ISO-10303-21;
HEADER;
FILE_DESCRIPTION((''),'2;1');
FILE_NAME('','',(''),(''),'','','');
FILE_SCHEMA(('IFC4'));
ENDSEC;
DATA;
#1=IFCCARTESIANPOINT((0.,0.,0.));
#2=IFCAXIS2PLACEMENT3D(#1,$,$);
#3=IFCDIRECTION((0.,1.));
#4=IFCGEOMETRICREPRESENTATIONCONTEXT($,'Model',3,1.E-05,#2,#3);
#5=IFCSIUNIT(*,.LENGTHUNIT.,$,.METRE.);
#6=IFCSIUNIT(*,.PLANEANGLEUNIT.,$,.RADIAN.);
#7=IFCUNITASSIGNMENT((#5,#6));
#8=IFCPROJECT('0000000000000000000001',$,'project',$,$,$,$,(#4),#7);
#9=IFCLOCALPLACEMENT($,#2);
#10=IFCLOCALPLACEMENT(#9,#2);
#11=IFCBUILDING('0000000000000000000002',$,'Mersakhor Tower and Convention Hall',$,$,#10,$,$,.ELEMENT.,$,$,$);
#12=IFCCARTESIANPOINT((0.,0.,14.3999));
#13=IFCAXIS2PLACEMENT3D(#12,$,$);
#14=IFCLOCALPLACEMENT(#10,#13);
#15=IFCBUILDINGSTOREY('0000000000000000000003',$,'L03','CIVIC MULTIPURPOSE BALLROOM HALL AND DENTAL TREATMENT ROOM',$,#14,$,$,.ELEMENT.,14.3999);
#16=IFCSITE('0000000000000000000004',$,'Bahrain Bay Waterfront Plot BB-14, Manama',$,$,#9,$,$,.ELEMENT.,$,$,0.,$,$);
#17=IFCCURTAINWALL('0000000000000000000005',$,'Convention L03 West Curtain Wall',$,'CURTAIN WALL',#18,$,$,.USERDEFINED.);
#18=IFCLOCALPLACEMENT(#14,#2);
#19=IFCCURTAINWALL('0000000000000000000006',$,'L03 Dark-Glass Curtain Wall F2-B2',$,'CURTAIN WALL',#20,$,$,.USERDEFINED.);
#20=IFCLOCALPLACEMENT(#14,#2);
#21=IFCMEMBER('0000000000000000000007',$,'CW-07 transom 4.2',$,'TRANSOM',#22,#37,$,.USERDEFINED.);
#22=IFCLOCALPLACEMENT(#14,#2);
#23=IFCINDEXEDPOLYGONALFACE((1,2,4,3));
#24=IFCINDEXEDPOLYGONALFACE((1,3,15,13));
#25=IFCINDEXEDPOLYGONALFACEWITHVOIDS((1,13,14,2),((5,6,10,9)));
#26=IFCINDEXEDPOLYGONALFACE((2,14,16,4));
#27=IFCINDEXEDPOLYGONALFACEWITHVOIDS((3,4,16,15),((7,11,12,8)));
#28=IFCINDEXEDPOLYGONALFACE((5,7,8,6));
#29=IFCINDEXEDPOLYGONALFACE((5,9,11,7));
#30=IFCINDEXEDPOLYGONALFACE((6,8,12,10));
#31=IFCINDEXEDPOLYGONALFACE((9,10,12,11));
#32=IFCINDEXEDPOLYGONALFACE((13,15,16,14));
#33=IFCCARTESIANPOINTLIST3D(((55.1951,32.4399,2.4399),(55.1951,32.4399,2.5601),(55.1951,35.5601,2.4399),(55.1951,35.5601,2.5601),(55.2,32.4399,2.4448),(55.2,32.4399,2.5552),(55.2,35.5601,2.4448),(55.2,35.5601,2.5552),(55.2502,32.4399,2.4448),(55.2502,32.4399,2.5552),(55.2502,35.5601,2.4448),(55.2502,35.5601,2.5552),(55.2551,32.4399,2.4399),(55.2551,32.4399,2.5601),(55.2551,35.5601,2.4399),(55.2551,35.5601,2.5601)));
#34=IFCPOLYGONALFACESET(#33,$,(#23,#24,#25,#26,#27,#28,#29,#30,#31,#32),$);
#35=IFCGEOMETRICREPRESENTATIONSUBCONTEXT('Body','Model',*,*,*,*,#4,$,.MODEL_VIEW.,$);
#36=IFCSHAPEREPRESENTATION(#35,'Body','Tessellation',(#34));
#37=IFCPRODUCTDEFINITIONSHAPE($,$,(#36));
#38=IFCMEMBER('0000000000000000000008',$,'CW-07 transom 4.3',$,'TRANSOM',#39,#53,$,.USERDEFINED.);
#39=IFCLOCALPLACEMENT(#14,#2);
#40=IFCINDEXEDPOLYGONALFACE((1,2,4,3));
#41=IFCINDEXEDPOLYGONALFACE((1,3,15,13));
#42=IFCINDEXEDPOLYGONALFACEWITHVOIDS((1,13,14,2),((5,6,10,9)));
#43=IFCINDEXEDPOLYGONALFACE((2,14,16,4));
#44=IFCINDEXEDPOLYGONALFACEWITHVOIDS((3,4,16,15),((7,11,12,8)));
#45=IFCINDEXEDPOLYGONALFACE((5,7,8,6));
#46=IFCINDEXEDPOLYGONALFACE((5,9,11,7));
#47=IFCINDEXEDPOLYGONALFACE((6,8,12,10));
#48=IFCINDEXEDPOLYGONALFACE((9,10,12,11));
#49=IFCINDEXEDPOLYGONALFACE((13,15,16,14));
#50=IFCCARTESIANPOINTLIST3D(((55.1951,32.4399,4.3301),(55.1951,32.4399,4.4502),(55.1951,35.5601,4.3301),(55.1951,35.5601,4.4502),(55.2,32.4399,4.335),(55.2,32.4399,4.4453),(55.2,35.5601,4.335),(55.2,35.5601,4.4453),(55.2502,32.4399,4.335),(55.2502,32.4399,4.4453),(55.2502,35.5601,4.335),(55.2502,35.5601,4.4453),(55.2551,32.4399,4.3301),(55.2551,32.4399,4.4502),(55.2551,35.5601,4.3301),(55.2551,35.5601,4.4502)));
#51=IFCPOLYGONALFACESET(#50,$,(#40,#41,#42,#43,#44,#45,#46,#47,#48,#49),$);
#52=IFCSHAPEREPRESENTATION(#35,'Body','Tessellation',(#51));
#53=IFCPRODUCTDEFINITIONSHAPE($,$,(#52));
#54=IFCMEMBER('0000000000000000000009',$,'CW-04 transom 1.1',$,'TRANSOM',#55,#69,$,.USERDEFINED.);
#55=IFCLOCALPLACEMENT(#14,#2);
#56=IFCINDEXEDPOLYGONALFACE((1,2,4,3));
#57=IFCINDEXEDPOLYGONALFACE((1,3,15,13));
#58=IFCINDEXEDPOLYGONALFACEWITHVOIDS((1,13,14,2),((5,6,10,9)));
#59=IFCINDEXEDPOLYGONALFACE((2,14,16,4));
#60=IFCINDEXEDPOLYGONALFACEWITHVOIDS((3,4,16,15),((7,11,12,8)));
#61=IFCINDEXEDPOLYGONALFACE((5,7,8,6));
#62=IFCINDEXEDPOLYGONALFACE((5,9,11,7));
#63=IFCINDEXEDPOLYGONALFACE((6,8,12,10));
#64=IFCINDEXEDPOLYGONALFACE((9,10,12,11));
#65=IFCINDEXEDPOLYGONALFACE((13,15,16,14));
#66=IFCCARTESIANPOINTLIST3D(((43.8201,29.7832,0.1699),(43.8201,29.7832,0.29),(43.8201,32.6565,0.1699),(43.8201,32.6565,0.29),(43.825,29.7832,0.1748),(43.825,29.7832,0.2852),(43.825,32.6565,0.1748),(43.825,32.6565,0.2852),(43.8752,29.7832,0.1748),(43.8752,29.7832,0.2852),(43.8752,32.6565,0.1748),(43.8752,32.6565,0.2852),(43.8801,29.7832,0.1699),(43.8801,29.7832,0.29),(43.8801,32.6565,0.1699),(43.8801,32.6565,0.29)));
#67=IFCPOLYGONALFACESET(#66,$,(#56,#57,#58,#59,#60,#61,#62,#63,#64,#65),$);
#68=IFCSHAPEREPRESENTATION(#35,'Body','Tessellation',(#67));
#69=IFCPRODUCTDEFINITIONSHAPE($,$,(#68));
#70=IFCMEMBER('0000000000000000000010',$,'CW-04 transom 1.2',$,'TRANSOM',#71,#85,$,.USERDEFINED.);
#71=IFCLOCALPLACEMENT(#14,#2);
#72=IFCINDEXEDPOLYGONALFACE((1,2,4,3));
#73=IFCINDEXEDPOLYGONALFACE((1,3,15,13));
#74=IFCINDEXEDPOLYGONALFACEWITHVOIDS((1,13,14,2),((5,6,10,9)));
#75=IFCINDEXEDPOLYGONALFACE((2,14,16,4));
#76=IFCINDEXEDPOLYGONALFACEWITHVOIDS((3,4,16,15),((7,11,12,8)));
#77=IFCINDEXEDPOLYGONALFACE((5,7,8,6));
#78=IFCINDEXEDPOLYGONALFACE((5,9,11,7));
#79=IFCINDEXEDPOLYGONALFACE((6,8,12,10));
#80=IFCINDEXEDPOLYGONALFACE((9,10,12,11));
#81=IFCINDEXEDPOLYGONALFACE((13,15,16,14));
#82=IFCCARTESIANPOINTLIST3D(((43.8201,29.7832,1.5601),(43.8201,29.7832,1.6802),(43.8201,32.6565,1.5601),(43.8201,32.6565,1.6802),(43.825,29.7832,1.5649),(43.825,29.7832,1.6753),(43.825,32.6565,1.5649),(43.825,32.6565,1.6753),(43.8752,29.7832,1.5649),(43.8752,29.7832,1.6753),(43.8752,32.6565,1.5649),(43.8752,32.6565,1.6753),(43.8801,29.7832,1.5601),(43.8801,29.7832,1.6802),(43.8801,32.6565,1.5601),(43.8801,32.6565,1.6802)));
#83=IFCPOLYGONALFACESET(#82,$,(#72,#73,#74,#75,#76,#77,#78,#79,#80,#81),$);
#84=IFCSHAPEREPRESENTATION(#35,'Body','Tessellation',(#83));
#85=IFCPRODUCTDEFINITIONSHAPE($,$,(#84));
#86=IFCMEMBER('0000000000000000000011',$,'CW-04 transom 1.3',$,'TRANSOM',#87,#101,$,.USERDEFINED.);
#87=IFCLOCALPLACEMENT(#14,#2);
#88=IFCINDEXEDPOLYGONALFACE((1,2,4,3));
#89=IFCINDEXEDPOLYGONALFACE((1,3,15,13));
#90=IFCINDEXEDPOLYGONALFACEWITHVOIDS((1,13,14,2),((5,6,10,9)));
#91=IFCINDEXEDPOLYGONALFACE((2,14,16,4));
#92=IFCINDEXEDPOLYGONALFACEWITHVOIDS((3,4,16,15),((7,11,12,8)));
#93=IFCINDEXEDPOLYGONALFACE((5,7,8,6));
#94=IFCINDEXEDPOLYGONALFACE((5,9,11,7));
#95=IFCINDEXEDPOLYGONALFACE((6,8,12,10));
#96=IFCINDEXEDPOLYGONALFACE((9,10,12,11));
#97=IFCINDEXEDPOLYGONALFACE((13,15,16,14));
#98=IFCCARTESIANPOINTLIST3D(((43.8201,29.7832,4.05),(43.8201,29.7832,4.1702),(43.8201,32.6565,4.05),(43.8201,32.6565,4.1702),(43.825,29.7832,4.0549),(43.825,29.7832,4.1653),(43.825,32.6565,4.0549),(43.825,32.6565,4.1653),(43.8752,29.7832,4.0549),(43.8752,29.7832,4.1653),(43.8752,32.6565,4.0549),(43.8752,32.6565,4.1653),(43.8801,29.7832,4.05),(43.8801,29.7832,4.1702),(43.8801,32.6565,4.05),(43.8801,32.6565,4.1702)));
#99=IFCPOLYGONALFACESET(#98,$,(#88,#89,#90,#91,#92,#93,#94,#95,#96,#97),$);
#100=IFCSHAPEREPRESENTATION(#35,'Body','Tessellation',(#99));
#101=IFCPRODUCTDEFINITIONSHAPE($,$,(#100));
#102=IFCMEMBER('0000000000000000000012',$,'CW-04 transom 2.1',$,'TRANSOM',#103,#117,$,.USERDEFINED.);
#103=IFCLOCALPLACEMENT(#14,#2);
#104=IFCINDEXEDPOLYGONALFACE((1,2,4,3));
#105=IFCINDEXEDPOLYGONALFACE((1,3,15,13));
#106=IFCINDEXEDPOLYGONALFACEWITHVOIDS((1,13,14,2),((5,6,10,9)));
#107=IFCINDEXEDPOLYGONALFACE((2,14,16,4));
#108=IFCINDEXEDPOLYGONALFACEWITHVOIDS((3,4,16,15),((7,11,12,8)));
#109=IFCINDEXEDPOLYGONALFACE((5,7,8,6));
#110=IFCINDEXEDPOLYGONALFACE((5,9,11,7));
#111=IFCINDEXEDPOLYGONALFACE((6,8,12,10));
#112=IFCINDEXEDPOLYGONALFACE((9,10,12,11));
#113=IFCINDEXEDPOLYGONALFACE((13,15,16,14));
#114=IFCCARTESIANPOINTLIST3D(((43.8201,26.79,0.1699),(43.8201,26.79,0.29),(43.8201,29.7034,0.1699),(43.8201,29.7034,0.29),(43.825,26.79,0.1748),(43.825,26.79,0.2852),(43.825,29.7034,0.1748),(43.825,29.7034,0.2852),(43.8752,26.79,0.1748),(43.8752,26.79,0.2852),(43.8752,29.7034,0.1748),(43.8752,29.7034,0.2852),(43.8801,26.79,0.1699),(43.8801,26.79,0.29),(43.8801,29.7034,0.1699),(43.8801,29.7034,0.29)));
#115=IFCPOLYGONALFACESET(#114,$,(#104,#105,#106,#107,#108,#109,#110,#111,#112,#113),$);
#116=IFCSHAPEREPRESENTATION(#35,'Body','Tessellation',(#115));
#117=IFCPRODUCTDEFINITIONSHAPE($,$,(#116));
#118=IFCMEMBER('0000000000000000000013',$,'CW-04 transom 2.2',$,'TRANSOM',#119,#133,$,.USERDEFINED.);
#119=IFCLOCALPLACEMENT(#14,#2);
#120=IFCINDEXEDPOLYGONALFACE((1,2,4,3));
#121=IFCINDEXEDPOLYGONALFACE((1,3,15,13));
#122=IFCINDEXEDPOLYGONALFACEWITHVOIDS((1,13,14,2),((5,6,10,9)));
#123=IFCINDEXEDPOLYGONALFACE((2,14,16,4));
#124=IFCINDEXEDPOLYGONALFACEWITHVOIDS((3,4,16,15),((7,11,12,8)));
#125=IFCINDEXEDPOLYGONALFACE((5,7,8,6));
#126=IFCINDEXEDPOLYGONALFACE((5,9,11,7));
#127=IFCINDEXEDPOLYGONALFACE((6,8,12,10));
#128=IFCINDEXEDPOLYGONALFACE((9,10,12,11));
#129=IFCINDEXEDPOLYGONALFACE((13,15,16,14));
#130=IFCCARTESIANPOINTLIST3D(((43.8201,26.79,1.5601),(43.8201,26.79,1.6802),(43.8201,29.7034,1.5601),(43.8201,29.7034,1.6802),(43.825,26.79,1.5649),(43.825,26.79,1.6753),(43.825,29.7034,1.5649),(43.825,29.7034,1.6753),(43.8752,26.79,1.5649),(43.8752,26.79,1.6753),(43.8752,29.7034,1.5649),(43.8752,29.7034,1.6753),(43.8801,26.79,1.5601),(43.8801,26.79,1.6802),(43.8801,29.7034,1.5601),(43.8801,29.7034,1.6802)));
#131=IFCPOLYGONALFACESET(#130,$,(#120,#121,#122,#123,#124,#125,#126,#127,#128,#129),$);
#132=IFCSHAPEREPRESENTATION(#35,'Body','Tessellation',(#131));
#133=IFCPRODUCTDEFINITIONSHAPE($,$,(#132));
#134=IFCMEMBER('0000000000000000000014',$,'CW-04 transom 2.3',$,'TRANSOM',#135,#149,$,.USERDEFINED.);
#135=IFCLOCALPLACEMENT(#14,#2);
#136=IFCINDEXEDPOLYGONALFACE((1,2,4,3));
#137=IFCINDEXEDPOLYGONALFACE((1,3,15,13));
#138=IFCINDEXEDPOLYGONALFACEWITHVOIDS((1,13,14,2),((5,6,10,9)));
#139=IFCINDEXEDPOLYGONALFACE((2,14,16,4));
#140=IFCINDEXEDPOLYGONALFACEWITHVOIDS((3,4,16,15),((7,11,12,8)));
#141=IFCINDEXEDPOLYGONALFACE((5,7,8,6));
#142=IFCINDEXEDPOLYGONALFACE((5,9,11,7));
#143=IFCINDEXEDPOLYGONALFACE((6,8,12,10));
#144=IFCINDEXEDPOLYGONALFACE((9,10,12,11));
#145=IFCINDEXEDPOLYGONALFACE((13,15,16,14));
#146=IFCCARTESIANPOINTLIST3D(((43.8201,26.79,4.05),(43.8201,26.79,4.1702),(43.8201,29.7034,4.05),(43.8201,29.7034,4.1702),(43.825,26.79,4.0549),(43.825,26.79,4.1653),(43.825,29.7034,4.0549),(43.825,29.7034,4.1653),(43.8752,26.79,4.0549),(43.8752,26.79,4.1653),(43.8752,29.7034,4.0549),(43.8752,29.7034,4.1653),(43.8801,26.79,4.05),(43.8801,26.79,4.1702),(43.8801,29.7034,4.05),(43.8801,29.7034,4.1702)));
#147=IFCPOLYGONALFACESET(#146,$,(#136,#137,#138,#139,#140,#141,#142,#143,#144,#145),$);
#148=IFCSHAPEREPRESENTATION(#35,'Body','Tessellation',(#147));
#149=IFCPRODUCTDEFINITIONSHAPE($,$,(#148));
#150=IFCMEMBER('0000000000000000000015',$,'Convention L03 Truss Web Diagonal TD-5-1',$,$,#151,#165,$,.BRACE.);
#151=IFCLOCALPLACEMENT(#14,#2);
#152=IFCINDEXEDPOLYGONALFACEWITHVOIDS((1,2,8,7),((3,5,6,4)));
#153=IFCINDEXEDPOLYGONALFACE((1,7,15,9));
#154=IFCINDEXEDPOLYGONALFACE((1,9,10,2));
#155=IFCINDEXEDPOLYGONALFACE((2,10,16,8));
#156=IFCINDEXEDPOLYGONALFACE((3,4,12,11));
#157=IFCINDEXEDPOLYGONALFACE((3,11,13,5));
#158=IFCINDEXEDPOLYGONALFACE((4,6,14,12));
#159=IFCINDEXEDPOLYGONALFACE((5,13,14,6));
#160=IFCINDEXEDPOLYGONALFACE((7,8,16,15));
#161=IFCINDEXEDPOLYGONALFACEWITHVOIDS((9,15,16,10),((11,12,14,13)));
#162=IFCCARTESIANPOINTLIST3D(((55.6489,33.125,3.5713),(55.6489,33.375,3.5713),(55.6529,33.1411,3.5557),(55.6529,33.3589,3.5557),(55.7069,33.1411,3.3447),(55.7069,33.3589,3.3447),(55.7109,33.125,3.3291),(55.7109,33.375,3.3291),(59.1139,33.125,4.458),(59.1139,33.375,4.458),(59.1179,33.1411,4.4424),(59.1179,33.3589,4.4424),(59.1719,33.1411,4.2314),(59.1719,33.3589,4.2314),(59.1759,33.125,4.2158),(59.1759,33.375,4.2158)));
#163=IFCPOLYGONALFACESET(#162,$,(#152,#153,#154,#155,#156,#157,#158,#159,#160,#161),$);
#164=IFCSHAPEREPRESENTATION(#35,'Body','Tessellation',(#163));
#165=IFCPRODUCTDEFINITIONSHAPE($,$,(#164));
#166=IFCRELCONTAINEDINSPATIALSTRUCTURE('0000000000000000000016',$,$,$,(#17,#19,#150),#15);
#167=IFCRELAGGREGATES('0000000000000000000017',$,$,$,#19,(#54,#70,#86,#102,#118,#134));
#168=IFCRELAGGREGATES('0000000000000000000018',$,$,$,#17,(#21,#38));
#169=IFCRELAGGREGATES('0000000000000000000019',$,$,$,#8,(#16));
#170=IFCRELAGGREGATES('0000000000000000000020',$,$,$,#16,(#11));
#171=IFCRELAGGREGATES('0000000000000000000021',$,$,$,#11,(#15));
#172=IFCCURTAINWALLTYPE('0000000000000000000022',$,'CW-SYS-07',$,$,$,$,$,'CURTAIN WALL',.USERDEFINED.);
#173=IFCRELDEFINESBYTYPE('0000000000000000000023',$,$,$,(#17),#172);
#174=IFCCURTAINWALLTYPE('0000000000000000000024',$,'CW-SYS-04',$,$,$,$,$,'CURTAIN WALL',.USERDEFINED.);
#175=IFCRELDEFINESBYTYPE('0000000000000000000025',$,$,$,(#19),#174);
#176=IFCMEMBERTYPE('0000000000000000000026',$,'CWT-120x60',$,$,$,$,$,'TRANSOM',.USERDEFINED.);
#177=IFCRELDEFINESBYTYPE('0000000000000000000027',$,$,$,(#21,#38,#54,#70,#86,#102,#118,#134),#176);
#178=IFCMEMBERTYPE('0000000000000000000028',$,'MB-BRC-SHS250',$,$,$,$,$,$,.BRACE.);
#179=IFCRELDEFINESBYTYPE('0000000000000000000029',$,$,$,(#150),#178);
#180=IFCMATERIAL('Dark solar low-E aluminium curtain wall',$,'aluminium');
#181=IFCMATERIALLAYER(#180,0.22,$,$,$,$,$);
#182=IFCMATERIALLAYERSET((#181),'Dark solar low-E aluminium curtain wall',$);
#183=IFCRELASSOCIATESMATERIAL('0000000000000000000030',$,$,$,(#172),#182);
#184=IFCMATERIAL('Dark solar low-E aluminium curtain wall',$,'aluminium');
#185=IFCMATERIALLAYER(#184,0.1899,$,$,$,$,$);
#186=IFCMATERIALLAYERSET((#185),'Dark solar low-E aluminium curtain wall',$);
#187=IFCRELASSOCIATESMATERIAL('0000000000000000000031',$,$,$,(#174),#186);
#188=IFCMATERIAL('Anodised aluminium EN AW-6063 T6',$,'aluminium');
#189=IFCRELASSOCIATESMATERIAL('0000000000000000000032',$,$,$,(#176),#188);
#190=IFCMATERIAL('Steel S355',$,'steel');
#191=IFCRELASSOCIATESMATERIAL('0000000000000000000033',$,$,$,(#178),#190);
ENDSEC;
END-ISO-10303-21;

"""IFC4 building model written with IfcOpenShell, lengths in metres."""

from ifc_helpers import new_model, si_unit, direction, frame, origin, origin_2d, place, context, subcontext, project, spatial, hollow_rectangle, extrude, material, layer, layer_set, material_profile, profile_set, type_object, element, aggregate, save


model = new_model("IFC4")

# Units and contexts
model_context = context("Model", 3, precision=1e-05, world=origin(), true_north=direction((0.0, 1.0)))
body_context = subcontext(model_context, "Body", "Model", "MODEL_VIEW")
ifc_project = project(units=[si_unit("LENGTHUNIT", "METRE"), si_unit("PLANEANGLEUNIT", "RADIAN")], contexts=[model_context])

# Site, building, storey
site_placement = place(None, origin())
site = spatial("IfcSite", under=ifc_project, at=site_placement, Name="Bahrain Bay Waterfront Plot BB-14, Manama", CompositionType="ELEMENT", RefElevation=0.0)
building_placement = place(site_placement, origin())
building = spatial("IfcBuilding", under=site, at=building_placement, Name="Mersakhor Tower and Convention Hall", CompositionType="ELEMENT")
storey_placement = place(building_placement, frame((0.0, 0.0, 14.3999)))
storey = spatial("IfcBuildingStorey", under=building, at=storey_placement, Name="L03", Description="CIVIC MULTIPURPOSE BALLROOM HALL AND DENTAL TREATMENT ROOM", CompositionType="ELEMENT", Elevation=14.3999)

# Curtain walls
ifc_material_1 = material(Name="Dark solar low-E aluminium curtain wall", Category="aluminium")
ifc_layer_1 = layer(ifc_material_1, 0.22)
ifc_layer_set_1 = layer_set([ifc_layer_1], Name="Dark solar low-E aluminium curtain wall")
curtain_wall_type_1 = type_object("IfcCurtainWallType", Name="CW-SYS-07", ElementType="CURTAIN WALL", PredefinedType="USERDEFINED", material=ifc_layer_set_1)
curtain_wall_1_placement = place(storey_placement, origin())
curtain_wall_1 = element("IfcCurtainWall", 1, at=curtain_wall_1_placement, inside=storey, type_object=curtain_wall_type_1, Name="Convention L03 West Curtain Wall", ObjectType="CURTAIN WALL", PredefinedType="USERDEFINED")
ifc_material_2 = material(Name="Dark solar low-E aluminium curtain wall", Category="aluminium")
ifc_layer_2 = layer(ifc_material_2, 0.1899)
ifc_layer_set_2 = layer_set([ifc_layer_2], Name="Dark solar low-E aluminium curtain wall")
curtain_wall_type_2 = type_object("IfcCurtainWallType", Name="CW-SYS-04", ElementType="CURTAIN WALL", PredefinedType="USERDEFINED", material=ifc_layer_set_2)
curtain_wall_2_placement = place(storey_placement, origin())
curtain_wall_2 = element("IfcCurtainWall", 2, at=curtain_wall_2_placement, inside=storey, type_object=curtain_wall_type_2, Name="L03 Dark-Glass Curtain Wall F2-B2", ObjectType="CURTAIN WALL", PredefinedType="USERDEFINED")

# Members
ifc_material_3 = material(Name="Anodised aluminium EN AW-6063 T6", Category="aluminium")
ifc_material_profile_1 = material_profile(ifc_material_3, hollow_rectangle(XDim=0.0601, YDim=0.1201, WallThickness=0.0049, at=origin_2d()), Name="RHS 120x60x5")
ifc_profile_set_1 = profile_set([ifc_material_profile_1], Name="Anodised aluminium EN AW-6063 T6")
member_type_1 = type_object("IfcMemberType", Name="CWT-120x60", ElementType="TRANSOM", PredefinedType="USERDEFINED", material=ifc_profile_set_1)
member_1_placement = place(storey_placement, frame((55.2251, 32.4399, 2.5), z_axis=(0.0, 1.0, 0.0), x_axis=(-1.0, 0.0, 0.0)))
member_1 = element("IfcMember", 3, at=member_1_placement, type_object=member_type_1, Name="CW-07 transom 4.2", ObjectType="TRANSOM", PredefinedType="USERDEFINED", context=body_context, shape_type="SweptSolid", body=[
    extrude(hollow_rectangle(XDim=0.0601, YDim=0.1201, WallThickness=0.0049, at=origin_2d()), origin(), (0.0, 0.0, 1.0), 3.1201),
])
member_2_placement = place(storey_placement, frame((55.2251, 32.4399, 4.3901), z_axis=(0.0, 1.0, 0.0), x_axis=(-1.0, 0.0, 0.0)))
member_2 = element("IfcMember", 4, at=member_2_placement, type_object=member_type_1, Name="CW-07 transom 4.3", ObjectType="TRANSOM", PredefinedType="USERDEFINED", context=body_context, shape_type="SweptSolid", body=[
    extrude(hollow_rectangle(XDim=0.0601, YDim=0.1201, WallThickness=0.0049, at=origin_2d()), origin(), (0.0, 0.0, 1.0), 3.1201),
])
member_3_placement = place(storey_placement, frame((43.8501, 32.6565, 0.23), z_axis=(0.0, -1.0, 0.0), x_axis=(1.0, 0.0, 0.0)))
member_3 = element("IfcMember", 5, at=member_3_placement, type_object=member_type_1, Name="CW-04 transom 1.1", ObjectType="TRANSOM", PredefinedType="USERDEFINED", context=body_context, shape_type="SweptSolid", body=[
    extrude(hollow_rectangle(XDim=0.0601, YDim=0.1201, WallThickness=0.0049, at=origin_2d()), origin(), (0.0, 0.0, 1.0), 2.8733),
])
member_4_placement = place(storey_placement, frame((43.8501, 32.6565, 1.6201), z_axis=(0.0, -1.0, 0.0), x_axis=(1.0, 0.0, 0.0)))
member_4 = element("IfcMember", 6, at=member_4_placement, type_object=member_type_1, Name="CW-04 transom 1.2", ObjectType="TRANSOM", PredefinedType="USERDEFINED", context=body_context, shape_type="SweptSolid", body=[
    extrude(hollow_rectangle(XDim=0.0601, YDim=0.1201, WallThickness=0.0049, at=origin_2d()), origin(), (0.0, 0.0, 1.0), 2.8733),
])
member_5_placement = place(storey_placement, frame((43.8501, 32.6565, 4.1101), z_axis=(0.0, -1.0, 0.0), x_axis=(1.0, 0.0, 0.0)))
member_5 = element("IfcMember", 7, at=member_5_placement, type_object=member_type_1, Name="CW-04 transom 1.3", ObjectType="TRANSOM", PredefinedType="USERDEFINED", context=body_context, shape_type="SweptSolid", body=[
    extrude(hollow_rectangle(XDim=0.0601, YDim=0.1201, WallThickness=0.0049, at=origin_2d()), origin(), (0.0, 0.0, 1.0), 2.8733),
])
member_6_placement = place(storey_placement, frame((43.8501, 29.7034, 0.23), z_axis=(0.0, -1.0, 0.0), x_axis=(1.0, 0.0, 0.0)))
member_6 = element("IfcMember", 8, at=member_6_placement, type_object=member_type_1, Name="CW-04 transom 2.1", ObjectType="TRANSOM", PredefinedType="USERDEFINED", context=body_context, shape_type="SweptSolid", body=[
    extrude(hollow_rectangle(XDim=0.0601, YDim=0.1201, WallThickness=0.0049, at=origin_2d()), origin(), (0.0, 0.0, 1.0), 2.9133),
])
member_7_placement = place(storey_placement, frame((43.8501, 29.7034, 1.6201), z_axis=(0.0, -1.0, 0.0), x_axis=(1.0, 0.0, 0.0)))
member_7 = element("IfcMember", 9, at=member_7_placement, type_object=member_type_1, Name="CW-04 transom 2.2", ObjectType="TRANSOM", PredefinedType="USERDEFINED", context=body_context, shape_type="SweptSolid", body=[
    extrude(hollow_rectangle(XDim=0.0601, YDim=0.1201, WallThickness=0.0049, at=origin_2d()), origin(), (0.0, 0.0, 1.0), 2.9133),
])
member_8_placement = place(storey_placement, frame((43.8501, 29.7034, 4.1101), z_axis=(0.0, -1.0, 0.0), x_axis=(1.0, 0.0, 0.0)))
member_8 = element("IfcMember", 10, at=member_8_placement, type_object=member_type_1, Name="CW-04 transom 2.3", ObjectType="TRANSOM", PredefinedType="USERDEFINED", context=body_context, shape_type="SweptSolid", body=[
    extrude(hollow_rectangle(XDim=0.0601, YDim=0.1201, WallThickness=0.0049, at=origin_2d()), origin(), (0.0, 0.0, 1.0), 2.9133),
])

# Member
ifc_material_4 = material(Name="Steel S355", Category="steel")
ifc_material_profile_2 = material_profile(ifc_material_4, hollow_rectangle(XDim=0.25, YDim=0.25, WallThickness=0.0161, at=origin_2d()), Name="SHS 250x250x16")
ifc_profile_set_2 = profile_set([ifc_material_profile_2], Name="Steel S355")
member_type_2 = type_object("IfcMemberType", Name="MB-BRC-SHS250", PredefinedType="BRACE", material=ifc_profile_set_2)
member_9_placement = place(storey_placement, frame((55.6799, 33.25, 3.4502), z_axis=(0.968783, 0.0, 0.247912), x_axis=(0.0, 1.0, 0.0)))
element("IfcMember", 11, at=member_9_placement, inside=storey, type_object=member_type_2, Name="Convention L03 Truss Web Diagonal TD-5-1", PredefinedType="BRACE", context=body_context, shape_type="SweptSolid", body=[
    extrude(hollow_rectangle(XDim=0.25, YDim=0.25, WallThickness=0.0161, at=origin_2d()), origin(), (0.0, 0.0, 1.0), 3.5767),
])

aggregate(curtain_wall_2, [member_3, member_4, member_5, member_6, member_7, member_8])
aggregate(curtain_wall_1, [member_1, member_2])

save(model, "model.ifc")
